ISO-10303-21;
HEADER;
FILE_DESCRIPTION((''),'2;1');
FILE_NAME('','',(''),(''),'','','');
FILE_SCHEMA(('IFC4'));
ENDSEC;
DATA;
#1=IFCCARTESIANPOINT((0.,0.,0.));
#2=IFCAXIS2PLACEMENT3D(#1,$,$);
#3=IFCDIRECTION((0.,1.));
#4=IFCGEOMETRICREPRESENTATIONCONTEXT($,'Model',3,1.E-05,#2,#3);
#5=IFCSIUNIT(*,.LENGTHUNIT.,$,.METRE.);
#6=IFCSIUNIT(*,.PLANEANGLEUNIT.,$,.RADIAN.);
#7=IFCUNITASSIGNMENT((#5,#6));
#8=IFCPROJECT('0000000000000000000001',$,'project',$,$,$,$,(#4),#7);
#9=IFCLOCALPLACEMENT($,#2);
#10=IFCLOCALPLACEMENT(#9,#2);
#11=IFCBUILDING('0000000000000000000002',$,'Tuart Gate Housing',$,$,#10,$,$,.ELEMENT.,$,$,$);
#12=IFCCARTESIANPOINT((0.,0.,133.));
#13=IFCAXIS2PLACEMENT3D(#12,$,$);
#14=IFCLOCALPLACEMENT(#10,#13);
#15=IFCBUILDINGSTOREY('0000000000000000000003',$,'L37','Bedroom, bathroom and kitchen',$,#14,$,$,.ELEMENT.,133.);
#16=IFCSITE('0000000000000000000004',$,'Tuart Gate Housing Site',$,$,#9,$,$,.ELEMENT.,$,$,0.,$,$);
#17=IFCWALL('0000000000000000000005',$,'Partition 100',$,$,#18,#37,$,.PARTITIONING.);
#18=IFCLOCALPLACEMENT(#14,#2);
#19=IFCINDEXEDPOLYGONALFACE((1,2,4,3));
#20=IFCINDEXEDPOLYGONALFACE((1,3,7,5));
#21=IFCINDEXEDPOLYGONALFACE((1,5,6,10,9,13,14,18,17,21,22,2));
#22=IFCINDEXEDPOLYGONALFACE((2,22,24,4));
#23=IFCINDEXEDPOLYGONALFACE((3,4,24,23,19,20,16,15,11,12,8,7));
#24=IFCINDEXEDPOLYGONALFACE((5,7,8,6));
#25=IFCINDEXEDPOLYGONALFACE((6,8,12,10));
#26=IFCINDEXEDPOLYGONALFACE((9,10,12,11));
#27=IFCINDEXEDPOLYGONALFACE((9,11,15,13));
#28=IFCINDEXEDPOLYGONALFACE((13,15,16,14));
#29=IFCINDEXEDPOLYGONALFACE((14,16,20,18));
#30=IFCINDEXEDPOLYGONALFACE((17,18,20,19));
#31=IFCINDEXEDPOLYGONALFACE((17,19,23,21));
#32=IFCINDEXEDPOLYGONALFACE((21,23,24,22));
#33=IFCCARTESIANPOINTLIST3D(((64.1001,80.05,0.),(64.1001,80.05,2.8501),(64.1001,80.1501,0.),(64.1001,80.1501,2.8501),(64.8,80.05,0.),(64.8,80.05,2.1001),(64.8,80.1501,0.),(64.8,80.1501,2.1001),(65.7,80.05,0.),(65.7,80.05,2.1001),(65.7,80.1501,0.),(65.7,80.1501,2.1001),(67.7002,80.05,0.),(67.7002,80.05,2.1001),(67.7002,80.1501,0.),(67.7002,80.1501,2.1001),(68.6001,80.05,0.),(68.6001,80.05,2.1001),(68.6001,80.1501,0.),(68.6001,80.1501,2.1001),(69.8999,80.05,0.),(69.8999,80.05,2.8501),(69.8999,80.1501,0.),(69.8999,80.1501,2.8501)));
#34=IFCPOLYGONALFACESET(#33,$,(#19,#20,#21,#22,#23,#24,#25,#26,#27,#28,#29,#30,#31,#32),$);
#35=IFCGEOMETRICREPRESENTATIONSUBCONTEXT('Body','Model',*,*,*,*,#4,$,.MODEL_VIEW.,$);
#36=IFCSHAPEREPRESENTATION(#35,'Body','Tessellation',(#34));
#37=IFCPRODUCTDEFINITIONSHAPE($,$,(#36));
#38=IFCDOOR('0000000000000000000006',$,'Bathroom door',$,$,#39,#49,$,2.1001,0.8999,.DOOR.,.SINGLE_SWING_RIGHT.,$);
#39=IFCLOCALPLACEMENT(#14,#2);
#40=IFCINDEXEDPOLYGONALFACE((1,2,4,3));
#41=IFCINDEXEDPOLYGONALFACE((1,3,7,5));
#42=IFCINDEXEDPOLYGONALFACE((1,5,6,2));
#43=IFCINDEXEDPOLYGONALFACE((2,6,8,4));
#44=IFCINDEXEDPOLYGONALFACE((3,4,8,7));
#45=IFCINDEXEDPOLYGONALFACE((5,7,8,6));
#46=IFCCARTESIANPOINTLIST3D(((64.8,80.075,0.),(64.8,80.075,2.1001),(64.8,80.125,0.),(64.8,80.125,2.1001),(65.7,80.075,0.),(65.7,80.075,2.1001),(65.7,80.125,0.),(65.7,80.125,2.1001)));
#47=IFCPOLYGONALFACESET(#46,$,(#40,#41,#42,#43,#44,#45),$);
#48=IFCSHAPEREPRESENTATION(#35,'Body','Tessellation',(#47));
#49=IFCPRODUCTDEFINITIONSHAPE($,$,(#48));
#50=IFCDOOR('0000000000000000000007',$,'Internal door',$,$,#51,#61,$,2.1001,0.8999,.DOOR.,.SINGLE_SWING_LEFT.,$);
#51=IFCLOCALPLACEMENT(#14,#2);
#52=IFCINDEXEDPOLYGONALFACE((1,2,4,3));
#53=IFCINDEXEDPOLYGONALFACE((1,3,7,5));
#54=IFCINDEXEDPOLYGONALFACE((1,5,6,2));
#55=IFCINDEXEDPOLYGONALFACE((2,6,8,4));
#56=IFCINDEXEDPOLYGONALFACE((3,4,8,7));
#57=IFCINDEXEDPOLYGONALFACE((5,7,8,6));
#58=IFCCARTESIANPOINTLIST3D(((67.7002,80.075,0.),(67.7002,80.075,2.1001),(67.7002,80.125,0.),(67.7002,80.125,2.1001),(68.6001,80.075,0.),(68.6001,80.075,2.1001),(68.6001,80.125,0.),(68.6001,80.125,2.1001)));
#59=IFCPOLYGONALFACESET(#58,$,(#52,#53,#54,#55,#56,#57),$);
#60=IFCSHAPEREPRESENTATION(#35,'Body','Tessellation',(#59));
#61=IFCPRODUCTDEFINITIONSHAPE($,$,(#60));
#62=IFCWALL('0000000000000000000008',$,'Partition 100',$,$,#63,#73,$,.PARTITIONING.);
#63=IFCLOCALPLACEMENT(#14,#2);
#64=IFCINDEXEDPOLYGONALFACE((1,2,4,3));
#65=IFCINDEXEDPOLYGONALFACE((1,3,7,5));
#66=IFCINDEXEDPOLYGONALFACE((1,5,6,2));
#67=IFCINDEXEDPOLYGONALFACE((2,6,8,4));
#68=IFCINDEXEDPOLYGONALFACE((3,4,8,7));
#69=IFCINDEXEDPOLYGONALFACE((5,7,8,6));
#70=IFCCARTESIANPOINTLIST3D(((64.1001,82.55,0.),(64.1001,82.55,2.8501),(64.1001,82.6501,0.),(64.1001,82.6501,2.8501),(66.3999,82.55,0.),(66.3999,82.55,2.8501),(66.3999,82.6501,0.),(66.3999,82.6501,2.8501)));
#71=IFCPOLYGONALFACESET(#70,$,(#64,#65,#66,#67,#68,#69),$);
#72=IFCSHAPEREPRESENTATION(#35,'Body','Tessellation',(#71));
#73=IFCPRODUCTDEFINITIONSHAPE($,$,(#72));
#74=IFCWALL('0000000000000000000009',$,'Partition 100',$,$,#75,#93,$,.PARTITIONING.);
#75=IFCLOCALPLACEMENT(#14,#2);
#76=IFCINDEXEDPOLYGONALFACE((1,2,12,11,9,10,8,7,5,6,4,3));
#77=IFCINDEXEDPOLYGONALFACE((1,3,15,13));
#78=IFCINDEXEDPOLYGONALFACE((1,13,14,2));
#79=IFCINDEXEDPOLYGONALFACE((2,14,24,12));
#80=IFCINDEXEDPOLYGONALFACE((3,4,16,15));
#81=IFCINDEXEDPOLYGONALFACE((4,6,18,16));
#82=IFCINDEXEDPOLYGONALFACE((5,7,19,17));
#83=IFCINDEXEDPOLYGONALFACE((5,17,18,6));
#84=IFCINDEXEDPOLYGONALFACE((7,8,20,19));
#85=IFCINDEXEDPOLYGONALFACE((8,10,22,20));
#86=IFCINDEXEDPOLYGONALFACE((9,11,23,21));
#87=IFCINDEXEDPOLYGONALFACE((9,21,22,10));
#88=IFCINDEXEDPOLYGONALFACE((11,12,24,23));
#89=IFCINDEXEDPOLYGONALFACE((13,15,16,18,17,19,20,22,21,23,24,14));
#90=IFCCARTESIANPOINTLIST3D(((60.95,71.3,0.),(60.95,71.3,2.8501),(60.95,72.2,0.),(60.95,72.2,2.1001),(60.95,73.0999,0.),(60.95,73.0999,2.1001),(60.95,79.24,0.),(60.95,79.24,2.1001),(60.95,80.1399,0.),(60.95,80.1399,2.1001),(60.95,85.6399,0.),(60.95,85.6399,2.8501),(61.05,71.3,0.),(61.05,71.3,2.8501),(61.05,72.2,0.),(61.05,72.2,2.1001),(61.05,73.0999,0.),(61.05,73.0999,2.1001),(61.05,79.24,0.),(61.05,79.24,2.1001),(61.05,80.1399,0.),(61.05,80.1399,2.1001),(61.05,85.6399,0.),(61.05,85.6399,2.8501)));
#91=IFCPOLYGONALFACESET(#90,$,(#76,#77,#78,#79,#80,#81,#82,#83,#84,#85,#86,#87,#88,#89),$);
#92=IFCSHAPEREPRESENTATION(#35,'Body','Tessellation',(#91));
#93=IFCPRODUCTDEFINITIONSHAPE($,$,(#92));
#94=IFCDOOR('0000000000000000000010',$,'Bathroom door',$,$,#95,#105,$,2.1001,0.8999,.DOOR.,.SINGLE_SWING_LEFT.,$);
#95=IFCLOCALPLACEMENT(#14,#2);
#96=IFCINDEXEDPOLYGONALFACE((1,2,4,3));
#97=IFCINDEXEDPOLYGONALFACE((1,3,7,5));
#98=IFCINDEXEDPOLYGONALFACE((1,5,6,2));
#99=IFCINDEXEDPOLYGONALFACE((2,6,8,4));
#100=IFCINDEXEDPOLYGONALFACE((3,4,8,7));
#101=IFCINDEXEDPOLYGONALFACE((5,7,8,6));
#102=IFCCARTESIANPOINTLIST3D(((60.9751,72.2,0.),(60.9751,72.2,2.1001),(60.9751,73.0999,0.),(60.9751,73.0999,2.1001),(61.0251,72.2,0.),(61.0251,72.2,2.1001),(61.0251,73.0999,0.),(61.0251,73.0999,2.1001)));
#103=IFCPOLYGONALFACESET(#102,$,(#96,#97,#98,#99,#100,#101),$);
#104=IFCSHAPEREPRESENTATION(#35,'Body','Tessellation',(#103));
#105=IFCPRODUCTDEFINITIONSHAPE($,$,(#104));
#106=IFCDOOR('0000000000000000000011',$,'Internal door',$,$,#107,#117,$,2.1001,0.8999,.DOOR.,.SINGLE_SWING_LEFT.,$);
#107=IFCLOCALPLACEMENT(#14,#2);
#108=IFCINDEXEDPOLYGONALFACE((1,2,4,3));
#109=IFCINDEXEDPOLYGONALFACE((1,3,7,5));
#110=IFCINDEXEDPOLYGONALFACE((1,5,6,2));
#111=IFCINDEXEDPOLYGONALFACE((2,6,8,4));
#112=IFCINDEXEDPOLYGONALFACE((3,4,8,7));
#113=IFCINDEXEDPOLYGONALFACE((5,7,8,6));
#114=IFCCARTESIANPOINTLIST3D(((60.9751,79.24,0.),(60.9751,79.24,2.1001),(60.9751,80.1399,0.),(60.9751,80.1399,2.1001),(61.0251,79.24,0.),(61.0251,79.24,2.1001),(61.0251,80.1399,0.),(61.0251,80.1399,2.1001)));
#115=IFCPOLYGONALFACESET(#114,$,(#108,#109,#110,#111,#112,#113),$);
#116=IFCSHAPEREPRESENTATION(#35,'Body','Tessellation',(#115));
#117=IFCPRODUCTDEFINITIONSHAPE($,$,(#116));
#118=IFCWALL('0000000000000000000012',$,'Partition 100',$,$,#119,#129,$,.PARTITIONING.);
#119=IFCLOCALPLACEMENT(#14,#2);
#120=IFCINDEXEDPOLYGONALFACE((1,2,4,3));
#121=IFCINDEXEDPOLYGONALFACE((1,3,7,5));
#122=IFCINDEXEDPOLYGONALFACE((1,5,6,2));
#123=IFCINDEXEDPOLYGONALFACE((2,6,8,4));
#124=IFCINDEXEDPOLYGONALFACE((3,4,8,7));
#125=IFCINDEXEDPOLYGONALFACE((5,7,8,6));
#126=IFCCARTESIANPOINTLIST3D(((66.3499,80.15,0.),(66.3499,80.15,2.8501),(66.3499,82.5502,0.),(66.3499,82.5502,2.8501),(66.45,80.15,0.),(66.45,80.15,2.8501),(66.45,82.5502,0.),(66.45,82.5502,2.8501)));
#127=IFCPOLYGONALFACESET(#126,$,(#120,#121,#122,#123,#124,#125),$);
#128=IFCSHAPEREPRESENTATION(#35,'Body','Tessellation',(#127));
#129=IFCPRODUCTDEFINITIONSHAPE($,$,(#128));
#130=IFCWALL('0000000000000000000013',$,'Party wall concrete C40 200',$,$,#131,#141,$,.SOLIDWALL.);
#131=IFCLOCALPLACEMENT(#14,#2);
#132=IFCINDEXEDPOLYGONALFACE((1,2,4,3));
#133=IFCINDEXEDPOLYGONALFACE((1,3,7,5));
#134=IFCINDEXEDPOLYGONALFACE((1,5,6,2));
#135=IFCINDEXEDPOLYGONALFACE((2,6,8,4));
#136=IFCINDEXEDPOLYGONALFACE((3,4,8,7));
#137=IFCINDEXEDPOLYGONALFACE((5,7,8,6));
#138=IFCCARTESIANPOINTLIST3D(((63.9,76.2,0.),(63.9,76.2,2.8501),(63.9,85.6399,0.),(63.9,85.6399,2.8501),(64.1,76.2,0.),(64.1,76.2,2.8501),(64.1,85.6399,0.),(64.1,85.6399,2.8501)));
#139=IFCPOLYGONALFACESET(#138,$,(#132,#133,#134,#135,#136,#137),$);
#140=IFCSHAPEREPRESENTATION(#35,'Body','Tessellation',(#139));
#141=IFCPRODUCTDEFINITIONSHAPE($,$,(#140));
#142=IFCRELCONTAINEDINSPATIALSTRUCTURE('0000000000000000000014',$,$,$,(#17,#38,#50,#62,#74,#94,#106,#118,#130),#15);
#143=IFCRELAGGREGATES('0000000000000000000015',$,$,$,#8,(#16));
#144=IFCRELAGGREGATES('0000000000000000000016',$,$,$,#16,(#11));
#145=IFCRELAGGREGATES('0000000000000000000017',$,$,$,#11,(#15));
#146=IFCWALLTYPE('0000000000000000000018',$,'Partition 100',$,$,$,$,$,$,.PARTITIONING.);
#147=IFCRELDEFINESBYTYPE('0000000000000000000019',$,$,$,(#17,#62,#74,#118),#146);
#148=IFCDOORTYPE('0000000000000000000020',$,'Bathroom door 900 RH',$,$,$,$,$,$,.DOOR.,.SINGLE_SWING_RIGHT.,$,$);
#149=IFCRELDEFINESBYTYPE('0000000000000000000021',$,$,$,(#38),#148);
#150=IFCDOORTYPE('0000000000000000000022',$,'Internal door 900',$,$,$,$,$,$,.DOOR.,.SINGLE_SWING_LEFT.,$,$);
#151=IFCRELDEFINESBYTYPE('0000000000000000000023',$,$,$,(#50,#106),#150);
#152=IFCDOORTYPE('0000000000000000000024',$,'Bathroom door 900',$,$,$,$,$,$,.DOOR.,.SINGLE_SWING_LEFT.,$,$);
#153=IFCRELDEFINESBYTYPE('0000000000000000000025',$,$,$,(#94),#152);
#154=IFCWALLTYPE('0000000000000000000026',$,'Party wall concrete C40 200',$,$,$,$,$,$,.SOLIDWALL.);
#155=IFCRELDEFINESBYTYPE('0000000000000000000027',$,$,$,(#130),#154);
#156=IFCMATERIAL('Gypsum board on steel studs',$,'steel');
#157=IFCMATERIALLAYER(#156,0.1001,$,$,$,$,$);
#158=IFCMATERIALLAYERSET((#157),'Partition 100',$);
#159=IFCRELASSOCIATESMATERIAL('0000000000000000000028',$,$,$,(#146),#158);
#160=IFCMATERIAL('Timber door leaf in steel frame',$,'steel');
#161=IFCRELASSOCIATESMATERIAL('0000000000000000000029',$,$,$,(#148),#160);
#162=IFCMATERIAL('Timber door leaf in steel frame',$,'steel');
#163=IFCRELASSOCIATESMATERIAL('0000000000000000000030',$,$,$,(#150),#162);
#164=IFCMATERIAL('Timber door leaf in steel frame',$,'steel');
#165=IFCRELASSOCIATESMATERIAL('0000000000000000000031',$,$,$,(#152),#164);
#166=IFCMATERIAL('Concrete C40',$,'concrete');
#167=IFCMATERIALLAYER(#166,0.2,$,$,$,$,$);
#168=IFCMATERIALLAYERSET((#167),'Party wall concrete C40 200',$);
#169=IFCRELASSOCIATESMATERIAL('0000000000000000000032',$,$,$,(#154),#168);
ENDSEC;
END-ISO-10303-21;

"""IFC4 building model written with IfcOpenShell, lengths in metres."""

from ifc_helpers import new_model, si_unit, direction, frame, frame_2d, origin, place, context, subcontext, project, spatial, rectangle, extrude, material, layer, layer_set, type_object, element, fill, save


model = new_model("IFC4")

# Units and contexts
model_context = context("Model", 3, precision=1e-05, world=origin(), true_north=direction((0.0, 1.0)))
body_context = subcontext(model_context, "Body", "Model", "MODEL_VIEW")
ifc_project = project(units=[si_unit("LENGTHUNIT", "METRE"), si_unit("PLANEANGLEUNIT", "RADIAN")], contexts=[model_context])

# Site, building, storey
site_placement = place(None, origin())
site = spatial("IfcSite", under=ifc_project, at=site_placement, Name="Tuart Gate Housing Site", CompositionType="ELEMENT", RefElevation=0.0)
building_placement = place(site_placement, origin())
building = spatial("IfcBuilding", under=site, at=building_placement, Name="Tuart Gate Housing", CompositionType="ELEMENT")
storey_placement = place(building_placement, frame((0.0, 0.0, 133.0)))
storey = spatial("IfcBuildingStorey", under=building, at=storey_placement, Name="L37", Description="Bedroom, bathroom and kitchen", CompositionType="ELEMENT", Elevation=133.0)

# Shared definitions
ifc_material_1 = material(Name="Gypsum board on steel studs", Category="steel")
ifc_layer_1 = layer(ifc_material_1, 0.1001)
ifc_layer_set_1 = layer_set([ifc_layer_1], Name="Partition 100")
wall_type_1 = type_object("IfcWallType", Name="Partition 100", PredefinedType="PARTITIONING", material=ifc_layer_set_1)

# Wall, openings, doors
wall_1_placement = place(storey_placement, frame((64.1001, 80.1001, 0.0), z_axis=(0.0, 0.0, 1.0), x_axis=(1.0, 0.0, 0.0)))
wall_1 = element("IfcWall", 1, at=wall_1_placement, inside=storey, type_object=wall_type_1, Name="Partition 100", PredefinedType="PARTITIONING", context=body_context, shape_type="SweptSolid", body=[
    extrude(rectangle(XDim=5.7998, YDim=0.1001, at=frame_2d((2.8999, 0.0))), origin(), (0.0, 0.0, 1.0), 2.8501),
])
opening_1_placement = place(wall_1_placement, frame((3.6001, 0.0, 0.0)))
opening_1 = element("IfcOpeningElement", 2, at=opening_1_placement, cuts=wall_1, PredefinedType="OPENING", context=body_context, shape_type="SweptSolid", body=[
    extrude(rectangle(XDim=0.8999, YDim=2.1001, at=frame_2d((0.45, 1.05))), frame((0.0, 0.0601, 0.0), z_axis=(0.0, -1.0, 0.0), x_axis=(1.0, 0.0, 0.0)), (0.0, 0.0, 1.0), 0.1201),
])
opening_2_placement = place(wall_1_placement, frame((0.7, 0.0, 0.0)))
opening_2 = element("IfcOpeningElement", 3, at=opening_2_placement, cuts=wall_1, PredefinedType="OPENING", context=body_context, shape_type="SweptSolid", body=[
    extrude(rectangle(XDim=0.8999, YDim=2.1001, at=frame_2d((0.45, 1.05))), frame((0.0, 0.0601, 0.0), z_axis=(0.0, -1.0, 0.0), x_axis=(1.0, 0.0, 0.0)), (0.0, 0.0, 1.0), 0.1201),
])
ifc_material_2 = material(Name="Timber door leaf in steel frame", Category="steel")
door_type_1 = type_object("IfcDoorType", Name="Bathroom door 900 RH", OperationType="SINGLE_SWING_RIGHT", PredefinedType="DOOR", material=ifc_material_2)
door_1_placement = place(opening_2_placement, origin())
door_1 = element("IfcDoor", 4, at=door_1_placement, inside=storey, type_object=door_type_1, Name="Bathroom door", OperationType="SINGLE_SWING_RIGHT", OverallHeight=2.1001, OverallWidth=0.8999, PredefinedType="DOOR", context=body_context, shape_type="SweptSolid", body=[
    extrude(rectangle(XDim=0.8999, YDim=2.1001, at=frame_2d((0.45, 1.05))), frame((0.0, 0.0249, 0.0), z_axis=(0.0, -1.0, 0.0), x_axis=(1.0, 0.0, 0.0)), (0.0, 0.0, 1.0), 0.05),
])
fill(opening_2, door_1)
ifc_material_3 = material(Name="Timber door leaf in steel frame", Category="steel")
door_type_2 = type_object("IfcDoorType", Name="Internal door 900", OperationType="SINGLE_SWING_LEFT", PredefinedType="DOOR", material=ifc_material_3)
door_2_placement = place(opening_1_placement, frame((0.8999, 0.0, 0.0), z_axis=(0.0, 0.0, 1.0), x_axis=(-1.0, 0.0, 0.0)))
door_2 = element("IfcDoor", 5, at=door_2_placement, inside=storey, type_object=door_type_2, Name="Internal door", OperationType="SINGLE_SWING_LEFT", OverallHeight=2.1001, OverallWidth=0.8999, PredefinedType="DOOR", context=body_context, shape_type="SweptSolid", body=[
    extrude(rectangle(XDim=0.8999, YDim=2.1001, at=frame_2d((0.45, 1.05))), frame((0.0, 0.0251, 0.0), z_axis=(0.0, -1.0, 0.0), x_axis=(1.0, 0.0, 0.0)), (0.0, 0.0, 1.0), 0.05),
])
fill(opening_1, door_2)

# Wall
wall_2_placement = place(storey_placement, frame((64.1001, 82.6001, 0.0), z_axis=(0.0, 0.0, 1.0), x_axis=(1.0, 0.0, 0.0)))
element("IfcWall", 6, at=wall_2_placement, inside=storey, type_object=wall_type_1, Name="Partition 100", PredefinedType="PARTITIONING", context=body_context, shape_type="SweptSolid", body=[
    extrude(rectangle(XDim=2.2998, YDim=0.1001, at=frame_2d((1.1499, 0.0))), origin(), (0.0, 0.0, 1.0), 2.8501),
])

# Wall, openings, doors
wall_3_placement = place(storey_placement, frame((61.0, 71.3, 0.0), z_axis=(0.0, 0.0, 1.0), x_axis=(0.0, 1.0, 0.0)))
wall_3 = element("IfcWall", 7, at=wall_3_placement, inside=storey, type_object=wall_type_1, Name="Partition 100", PredefinedType="PARTITIONING", context=body_context, shape_type="SweptSolid", body=[
    extrude(rectangle(XDim=14.3398, YDim=0.1001, at=frame_2d((7.1699, 0.0))), origin(), (0.0, 0.0, 1.0), 2.8501),
])
opening_3_placement = place(wall_3_placement, frame((7.9399, 0.0, 0.0)))
opening_3 = element("IfcOpeningElement", 8, at=opening_3_placement, cuts=wall_3, PredefinedType="OPENING", context=body_context, shape_type="SweptSolid", body=[
    extrude(rectangle(XDim=0.8999, YDim=2.1001, at=frame_2d((0.45, 1.05))), frame((0.0, 0.0601, 0.0), z_axis=(0.0, -1.0, 0.0), x_axis=(1.0, 0.0, 0.0)), (0.0, 0.0, 1.0), 0.1201),
])
opening_4_placement = place(wall_3_placement, frame((0.8999, 0.0, 0.0)))
opening_4 = element("IfcOpeningElement", 9, at=opening_4_placement, cuts=wall_3, PredefinedType="OPENING", context=body_context, shape_type="SweptSolid", body=[
    extrude(rectangle(XDim=0.8999, YDim=2.1001, at=frame_2d((0.45, 1.05))), frame((0.0, 0.0601, 0.0), z_axis=(0.0, -1.0, 0.0), x_axis=(1.0, 0.0, 0.0)), (0.0, 0.0, 1.0), 0.1201),
])
ifc_material_4 = material(Name="Timber door leaf in steel frame", Category="steel")
door_type_3 = type_object("IfcDoorType", Name="Bathroom door 900", OperationType="SINGLE_SWING_LEFT", PredefinedType="DOOR", material=ifc_material_4)
door_3_placement = place(opening_4_placement, origin())
door_3 = element("IfcDoor", 10, at=door_3_placement, inside=storey, type_object=door_type_3, Name="Bathroom door", OperationType="SINGLE_SWING_LEFT", OverallHeight=2.1001, OverallWidth=0.8999, PredefinedType="DOOR", context=body_context, shape_type="SweptSolid", body=[
    extrude(rectangle(XDim=0.8999, YDim=2.1001, at=frame_2d((0.45, 1.05))), frame((0.0, 0.0249, 0.0), z_axis=(0.0, -1.0, 0.0), x_axis=(1.0, 0.0, 0.0)), (0.0, 0.0, 1.0), 0.05),
])
fill(opening_4, door_3)
door_4_placement = place(opening_3_placement, origin())
door_4 = element("IfcDoor", 11, at=door_4_placement, inside=storey, type_object=door_type_2, Name="Internal door", OperationType="SINGLE_SWING_LEFT", OverallHeight=2.1001, OverallWidth=0.8999, PredefinedType="DOOR", context=body_context, shape_type="SweptSolid", body=[
    extrude(rectangle(XDim=0.8999, YDim=2.1001, at=frame_2d((0.45, 1.05))), frame((0.0, 0.0249, 0.0), z_axis=(0.0, -1.0, 0.0), x_axis=(1.0, 0.0, 0.0)), (0.0, 0.0, 1.0), 0.05),
])
fill(opening_3, door_4)

# Walls
wall_4_placement = place(storey_placement, frame((66.3999, 80.1499, 0.0), z_axis=(0.0, 0.0, 1.0), x_axis=(0.0, 1.0, 0.0)))
element("IfcWall", 12, at=wall_4_placement, inside=storey, type_object=wall_type_1, Name="Partition 100", PredefinedType="PARTITIONING", context=body_context, shape_type="SweptSolid", body=[
    extrude(rectangle(XDim=2.4001, YDim=0.1001, at=frame_2d((1.2002, 0.0))), origin(), (0.0, 0.0, 1.0), 2.8501),
])
ifc_material_5 = material(Name="Concrete C40", Category="concrete")
ifc_layer_2 = layer(ifc_material_5, 0.2)
ifc_layer_set_2 = layer_set([ifc_layer_2], Name="Party wall concrete C40 200")
wall_type_2 = type_object("IfcWallType", Name="Party wall concrete C40 200", PredefinedType="SOLIDWALL", material=ifc_layer_set_2)
wall_5_placement = place(storey_placement, frame((64.0, 76.2, 0.0), z_axis=(0.0, 0.0, 1.0), x_axis=(0.0, 1.0, 0.0)))
element("IfcWall", 13, at=wall_5_placement, inside=storey, type_object=wall_type_2, Name="Party wall concrete C40 200", PredefinedType="SOLIDWALL", context=body_context, shape_type="SweptSolid", body=[
    extrude(rectangle(XDim=9.4399, YDim=0.2, at=frame_2d((4.72, 0.0))), origin(), (0.0, 0.0, 1.0), 2.8501),
])

save(model, "model.ifc")
